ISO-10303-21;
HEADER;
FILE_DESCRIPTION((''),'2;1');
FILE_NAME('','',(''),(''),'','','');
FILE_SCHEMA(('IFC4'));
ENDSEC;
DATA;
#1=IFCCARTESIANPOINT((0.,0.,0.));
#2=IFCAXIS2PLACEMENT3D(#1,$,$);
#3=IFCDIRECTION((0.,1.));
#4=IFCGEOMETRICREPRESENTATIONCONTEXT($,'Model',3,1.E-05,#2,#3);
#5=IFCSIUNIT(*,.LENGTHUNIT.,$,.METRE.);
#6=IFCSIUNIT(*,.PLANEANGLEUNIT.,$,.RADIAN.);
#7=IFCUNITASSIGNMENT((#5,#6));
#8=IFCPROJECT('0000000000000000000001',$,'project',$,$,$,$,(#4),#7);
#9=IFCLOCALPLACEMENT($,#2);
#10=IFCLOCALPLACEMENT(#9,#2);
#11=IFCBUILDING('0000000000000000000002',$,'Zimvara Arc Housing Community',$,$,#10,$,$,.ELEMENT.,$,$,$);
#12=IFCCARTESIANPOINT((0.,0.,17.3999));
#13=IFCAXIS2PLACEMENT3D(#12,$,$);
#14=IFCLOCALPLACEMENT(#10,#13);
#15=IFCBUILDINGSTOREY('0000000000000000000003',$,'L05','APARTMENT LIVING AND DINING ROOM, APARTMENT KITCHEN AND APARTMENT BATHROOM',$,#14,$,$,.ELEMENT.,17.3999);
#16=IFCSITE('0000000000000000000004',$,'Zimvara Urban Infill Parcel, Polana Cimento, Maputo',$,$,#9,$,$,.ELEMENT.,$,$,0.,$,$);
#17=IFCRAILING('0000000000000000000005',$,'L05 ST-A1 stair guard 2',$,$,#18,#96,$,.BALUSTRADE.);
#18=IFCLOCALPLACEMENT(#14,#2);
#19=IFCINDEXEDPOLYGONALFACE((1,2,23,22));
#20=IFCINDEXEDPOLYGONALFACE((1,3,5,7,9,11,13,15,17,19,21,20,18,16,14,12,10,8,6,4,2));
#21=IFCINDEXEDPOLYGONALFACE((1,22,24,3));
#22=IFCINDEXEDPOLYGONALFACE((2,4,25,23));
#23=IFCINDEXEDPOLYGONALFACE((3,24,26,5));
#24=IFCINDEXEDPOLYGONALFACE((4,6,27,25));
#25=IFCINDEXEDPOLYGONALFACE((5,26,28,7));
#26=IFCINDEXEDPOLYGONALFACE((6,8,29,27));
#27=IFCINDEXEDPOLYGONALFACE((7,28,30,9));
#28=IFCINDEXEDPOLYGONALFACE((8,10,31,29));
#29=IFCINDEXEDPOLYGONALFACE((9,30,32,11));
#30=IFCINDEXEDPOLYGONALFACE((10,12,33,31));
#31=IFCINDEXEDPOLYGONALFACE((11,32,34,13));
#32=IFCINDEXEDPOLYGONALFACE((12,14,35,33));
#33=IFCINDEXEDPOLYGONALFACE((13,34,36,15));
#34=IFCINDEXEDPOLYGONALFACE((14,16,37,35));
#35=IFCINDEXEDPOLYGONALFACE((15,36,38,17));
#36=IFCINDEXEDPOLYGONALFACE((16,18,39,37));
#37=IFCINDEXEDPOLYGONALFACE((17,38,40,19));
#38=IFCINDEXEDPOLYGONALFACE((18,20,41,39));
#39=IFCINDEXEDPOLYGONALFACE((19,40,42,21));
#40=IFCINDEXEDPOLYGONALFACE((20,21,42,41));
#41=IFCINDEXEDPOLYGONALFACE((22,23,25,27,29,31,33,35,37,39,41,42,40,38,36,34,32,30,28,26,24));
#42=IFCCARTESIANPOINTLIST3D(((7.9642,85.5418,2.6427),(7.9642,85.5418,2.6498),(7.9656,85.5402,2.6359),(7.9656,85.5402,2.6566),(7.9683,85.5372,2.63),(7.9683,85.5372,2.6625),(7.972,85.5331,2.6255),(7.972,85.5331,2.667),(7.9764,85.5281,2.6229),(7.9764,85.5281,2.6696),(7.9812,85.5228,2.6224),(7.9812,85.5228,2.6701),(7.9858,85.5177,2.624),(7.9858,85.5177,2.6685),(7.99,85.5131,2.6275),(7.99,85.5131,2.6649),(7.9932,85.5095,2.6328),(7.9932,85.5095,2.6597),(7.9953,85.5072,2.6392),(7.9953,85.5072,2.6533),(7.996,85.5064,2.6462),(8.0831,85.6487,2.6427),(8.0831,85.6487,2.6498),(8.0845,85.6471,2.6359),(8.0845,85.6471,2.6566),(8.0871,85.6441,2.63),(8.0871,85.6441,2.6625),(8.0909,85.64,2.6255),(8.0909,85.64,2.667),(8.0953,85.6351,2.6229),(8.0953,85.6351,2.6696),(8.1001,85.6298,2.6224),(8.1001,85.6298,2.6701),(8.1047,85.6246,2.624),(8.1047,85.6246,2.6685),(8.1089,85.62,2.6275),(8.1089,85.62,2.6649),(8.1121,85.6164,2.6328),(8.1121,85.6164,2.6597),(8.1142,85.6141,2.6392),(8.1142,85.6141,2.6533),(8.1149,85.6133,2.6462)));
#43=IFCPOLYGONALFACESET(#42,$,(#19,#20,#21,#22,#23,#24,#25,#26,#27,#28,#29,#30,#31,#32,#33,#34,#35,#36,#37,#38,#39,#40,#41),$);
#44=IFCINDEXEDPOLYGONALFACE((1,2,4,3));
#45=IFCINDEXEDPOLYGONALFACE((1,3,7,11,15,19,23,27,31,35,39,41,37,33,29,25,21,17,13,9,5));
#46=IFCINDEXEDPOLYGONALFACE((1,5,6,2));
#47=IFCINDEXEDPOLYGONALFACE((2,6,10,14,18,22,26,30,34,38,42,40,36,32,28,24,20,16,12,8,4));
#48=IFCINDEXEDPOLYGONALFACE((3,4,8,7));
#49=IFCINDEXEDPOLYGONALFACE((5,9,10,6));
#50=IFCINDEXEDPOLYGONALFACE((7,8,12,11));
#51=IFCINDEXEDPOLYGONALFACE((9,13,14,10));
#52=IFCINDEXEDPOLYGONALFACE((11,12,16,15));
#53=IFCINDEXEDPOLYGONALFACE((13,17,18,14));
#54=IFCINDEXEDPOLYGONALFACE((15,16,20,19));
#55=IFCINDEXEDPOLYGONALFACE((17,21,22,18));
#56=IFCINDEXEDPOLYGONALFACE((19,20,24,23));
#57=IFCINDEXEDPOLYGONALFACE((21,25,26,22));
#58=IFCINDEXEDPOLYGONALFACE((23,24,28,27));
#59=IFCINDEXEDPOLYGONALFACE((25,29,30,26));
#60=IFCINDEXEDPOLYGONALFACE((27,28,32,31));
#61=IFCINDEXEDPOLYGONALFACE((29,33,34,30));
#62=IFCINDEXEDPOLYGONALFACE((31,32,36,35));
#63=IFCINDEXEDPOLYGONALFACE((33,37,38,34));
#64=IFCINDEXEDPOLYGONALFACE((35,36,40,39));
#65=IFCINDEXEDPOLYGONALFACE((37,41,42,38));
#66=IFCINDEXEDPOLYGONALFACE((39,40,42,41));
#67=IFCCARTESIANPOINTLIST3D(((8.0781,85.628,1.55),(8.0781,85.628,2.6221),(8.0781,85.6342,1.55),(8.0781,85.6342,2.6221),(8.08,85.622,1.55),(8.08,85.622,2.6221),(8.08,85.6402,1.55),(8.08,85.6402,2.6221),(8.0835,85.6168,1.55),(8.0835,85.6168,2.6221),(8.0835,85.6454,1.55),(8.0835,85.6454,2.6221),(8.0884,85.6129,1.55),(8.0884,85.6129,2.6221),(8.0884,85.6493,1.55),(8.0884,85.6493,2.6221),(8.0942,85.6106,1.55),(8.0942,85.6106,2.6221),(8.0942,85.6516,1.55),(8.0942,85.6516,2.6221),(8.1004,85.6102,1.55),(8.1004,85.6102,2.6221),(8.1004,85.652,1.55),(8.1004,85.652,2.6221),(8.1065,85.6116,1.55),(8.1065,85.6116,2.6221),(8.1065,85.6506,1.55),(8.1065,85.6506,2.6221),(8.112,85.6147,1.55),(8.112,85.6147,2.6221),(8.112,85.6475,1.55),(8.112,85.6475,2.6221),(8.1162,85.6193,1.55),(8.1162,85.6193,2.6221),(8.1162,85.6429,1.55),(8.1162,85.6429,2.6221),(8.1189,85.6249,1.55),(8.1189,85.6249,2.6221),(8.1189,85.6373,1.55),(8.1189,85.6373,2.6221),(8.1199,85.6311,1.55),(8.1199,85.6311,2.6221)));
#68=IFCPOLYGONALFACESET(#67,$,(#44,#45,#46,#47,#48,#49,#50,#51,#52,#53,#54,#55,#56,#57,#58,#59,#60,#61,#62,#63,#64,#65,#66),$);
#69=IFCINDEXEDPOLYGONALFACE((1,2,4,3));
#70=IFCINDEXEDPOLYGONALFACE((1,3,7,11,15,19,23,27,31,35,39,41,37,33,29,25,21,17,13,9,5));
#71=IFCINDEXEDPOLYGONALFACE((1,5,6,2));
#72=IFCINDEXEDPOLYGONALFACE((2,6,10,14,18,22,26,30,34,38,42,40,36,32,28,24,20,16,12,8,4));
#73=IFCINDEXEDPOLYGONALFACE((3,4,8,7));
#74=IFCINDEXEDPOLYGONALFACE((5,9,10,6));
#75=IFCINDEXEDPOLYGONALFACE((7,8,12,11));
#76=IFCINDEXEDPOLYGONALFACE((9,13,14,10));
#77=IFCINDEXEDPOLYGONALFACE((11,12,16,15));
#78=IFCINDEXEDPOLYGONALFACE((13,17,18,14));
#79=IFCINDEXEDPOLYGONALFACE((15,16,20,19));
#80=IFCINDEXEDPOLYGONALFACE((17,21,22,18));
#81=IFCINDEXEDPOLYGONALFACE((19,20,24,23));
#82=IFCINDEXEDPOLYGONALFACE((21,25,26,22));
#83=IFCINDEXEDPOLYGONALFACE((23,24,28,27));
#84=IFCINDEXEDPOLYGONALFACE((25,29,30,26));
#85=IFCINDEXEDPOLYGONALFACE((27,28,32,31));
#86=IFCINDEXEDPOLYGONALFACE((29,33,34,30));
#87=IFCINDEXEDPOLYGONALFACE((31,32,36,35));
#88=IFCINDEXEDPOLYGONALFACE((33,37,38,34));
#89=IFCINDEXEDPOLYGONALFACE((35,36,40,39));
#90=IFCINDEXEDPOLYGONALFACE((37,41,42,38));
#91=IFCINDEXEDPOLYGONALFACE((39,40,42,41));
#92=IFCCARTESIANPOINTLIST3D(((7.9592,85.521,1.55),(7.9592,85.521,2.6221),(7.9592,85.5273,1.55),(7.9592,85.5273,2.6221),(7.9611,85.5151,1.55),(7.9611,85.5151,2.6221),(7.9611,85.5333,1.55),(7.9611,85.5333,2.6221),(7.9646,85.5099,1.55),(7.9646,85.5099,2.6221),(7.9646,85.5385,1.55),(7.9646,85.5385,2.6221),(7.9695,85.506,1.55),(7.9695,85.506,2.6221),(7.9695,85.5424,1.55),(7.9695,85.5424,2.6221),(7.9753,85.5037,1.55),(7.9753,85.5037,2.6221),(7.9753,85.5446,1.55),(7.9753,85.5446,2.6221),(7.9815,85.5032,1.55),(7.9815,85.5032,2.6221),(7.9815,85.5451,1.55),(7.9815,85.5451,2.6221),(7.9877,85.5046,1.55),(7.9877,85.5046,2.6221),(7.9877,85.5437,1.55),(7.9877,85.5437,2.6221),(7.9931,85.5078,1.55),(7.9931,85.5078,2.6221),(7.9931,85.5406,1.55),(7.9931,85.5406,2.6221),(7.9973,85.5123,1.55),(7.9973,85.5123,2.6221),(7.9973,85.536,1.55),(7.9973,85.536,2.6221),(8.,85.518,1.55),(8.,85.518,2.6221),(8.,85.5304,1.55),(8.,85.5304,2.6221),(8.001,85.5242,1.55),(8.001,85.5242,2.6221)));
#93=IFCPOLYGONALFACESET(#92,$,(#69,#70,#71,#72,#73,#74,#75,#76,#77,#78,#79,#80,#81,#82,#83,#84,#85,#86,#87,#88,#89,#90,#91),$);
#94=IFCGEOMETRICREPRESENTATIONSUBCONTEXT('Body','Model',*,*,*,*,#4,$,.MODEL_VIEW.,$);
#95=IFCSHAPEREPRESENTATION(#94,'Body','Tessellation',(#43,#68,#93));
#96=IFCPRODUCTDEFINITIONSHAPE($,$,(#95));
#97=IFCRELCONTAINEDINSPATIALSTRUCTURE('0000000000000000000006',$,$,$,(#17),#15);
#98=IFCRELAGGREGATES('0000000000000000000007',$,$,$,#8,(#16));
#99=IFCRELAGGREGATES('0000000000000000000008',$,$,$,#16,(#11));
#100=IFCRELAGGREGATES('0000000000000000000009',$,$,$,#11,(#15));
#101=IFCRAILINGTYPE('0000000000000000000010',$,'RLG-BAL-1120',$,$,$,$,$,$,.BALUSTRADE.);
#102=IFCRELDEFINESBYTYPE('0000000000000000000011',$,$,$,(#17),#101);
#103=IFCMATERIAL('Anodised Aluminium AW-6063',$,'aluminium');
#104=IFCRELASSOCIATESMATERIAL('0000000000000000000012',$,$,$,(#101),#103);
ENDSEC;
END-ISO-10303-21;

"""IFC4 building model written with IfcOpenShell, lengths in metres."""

from ifc_helpers import new_model, si_unit, direction, frame, origin, origin_2d, place, context, subcontext, project, spatial, circle, extrude, material, type_object, element, save


model = new_model("IFC4")

# Units and contexts
model_context = context("Model", 3, precision=1e-05, world=origin(), true_north=direction((0.0, 1.0)))
body_context = subcontext(model_context, "Body", "Model", "MODEL_VIEW")
ifc_project = project(units=[si_unit("LENGTHUNIT", "METRE"), si_unit("PLANEANGLEUNIT", "RADIAN")], contexts=[model_context])

# Site, building, storey
site_placement = place(None, origin())
site = spatial("IfcSite", under=ifc_project, at=site_placement, Name="Zimvara Urban Infill Parcel, Polana Cimento, Maputo", CompositionType="ELEMENT", RefElevation=0.0)
building_placement = place(site_placement, origin())
building = spatial("IfcBuilding", under=site, at=building_placement, Name="Zimvara Arc Housing Community", CompositionType="ELEMENT")
storey_placement = place(building_placement, frame((0.0, 0.0, 17.3999)))
storey = spatial("IfcBuildingStorey", under=building, at=storey_placement, Name="L05", Description="APARTMENT LIVING AND DINING ROOM, APARTMENT KITCHEN AND APARTMENT BATHROOM", CompositionType="ELEMENT", Elevation=17.3999)

# Railing
ifc_material_1 = material(Name="Anodised Aluminium AW-6063", Category="aluminium")
railing_type_1 = type_object("IfcRailingType", Name="RLG-BAL-1120", PredefinedType="BALUSTRADE", material=ifc_material_1)
railing_1_placement = place(storey_placement, frame((8.0989, 85.6311, 1.55)))
element("IfcRailing", 1, at=railing_1_placement, inside=storey, type_object=railing_type_1, Name="L05 ST-A1 stair guard 2", PredefinedType="BALUSTRADE", context=body_context, shape_type="SweptSolid", body=[
    extrude(circle(Radius=0.0239, at=origin_2d()), frame((0.0, 0.0, 1.0962), z_axis=(-0.743522, -0.668712, 0.0), x_axis=(0.668712, -0.743522, 0.0)), (0.0, 0.0, 1.0), 0.1599),
    extrude(circle(Radius=0.021, at=origin_2d()), origin(), (0.0, 0.0, 1.0), 1.072),
    extrude(circle(Radius=0.021, at=origin_2d()), frame((-0.1189, -0.1069, 0.0)), (0.0, 0.0, 1.0), 1.072),
])

save(model, "model.ifc")
